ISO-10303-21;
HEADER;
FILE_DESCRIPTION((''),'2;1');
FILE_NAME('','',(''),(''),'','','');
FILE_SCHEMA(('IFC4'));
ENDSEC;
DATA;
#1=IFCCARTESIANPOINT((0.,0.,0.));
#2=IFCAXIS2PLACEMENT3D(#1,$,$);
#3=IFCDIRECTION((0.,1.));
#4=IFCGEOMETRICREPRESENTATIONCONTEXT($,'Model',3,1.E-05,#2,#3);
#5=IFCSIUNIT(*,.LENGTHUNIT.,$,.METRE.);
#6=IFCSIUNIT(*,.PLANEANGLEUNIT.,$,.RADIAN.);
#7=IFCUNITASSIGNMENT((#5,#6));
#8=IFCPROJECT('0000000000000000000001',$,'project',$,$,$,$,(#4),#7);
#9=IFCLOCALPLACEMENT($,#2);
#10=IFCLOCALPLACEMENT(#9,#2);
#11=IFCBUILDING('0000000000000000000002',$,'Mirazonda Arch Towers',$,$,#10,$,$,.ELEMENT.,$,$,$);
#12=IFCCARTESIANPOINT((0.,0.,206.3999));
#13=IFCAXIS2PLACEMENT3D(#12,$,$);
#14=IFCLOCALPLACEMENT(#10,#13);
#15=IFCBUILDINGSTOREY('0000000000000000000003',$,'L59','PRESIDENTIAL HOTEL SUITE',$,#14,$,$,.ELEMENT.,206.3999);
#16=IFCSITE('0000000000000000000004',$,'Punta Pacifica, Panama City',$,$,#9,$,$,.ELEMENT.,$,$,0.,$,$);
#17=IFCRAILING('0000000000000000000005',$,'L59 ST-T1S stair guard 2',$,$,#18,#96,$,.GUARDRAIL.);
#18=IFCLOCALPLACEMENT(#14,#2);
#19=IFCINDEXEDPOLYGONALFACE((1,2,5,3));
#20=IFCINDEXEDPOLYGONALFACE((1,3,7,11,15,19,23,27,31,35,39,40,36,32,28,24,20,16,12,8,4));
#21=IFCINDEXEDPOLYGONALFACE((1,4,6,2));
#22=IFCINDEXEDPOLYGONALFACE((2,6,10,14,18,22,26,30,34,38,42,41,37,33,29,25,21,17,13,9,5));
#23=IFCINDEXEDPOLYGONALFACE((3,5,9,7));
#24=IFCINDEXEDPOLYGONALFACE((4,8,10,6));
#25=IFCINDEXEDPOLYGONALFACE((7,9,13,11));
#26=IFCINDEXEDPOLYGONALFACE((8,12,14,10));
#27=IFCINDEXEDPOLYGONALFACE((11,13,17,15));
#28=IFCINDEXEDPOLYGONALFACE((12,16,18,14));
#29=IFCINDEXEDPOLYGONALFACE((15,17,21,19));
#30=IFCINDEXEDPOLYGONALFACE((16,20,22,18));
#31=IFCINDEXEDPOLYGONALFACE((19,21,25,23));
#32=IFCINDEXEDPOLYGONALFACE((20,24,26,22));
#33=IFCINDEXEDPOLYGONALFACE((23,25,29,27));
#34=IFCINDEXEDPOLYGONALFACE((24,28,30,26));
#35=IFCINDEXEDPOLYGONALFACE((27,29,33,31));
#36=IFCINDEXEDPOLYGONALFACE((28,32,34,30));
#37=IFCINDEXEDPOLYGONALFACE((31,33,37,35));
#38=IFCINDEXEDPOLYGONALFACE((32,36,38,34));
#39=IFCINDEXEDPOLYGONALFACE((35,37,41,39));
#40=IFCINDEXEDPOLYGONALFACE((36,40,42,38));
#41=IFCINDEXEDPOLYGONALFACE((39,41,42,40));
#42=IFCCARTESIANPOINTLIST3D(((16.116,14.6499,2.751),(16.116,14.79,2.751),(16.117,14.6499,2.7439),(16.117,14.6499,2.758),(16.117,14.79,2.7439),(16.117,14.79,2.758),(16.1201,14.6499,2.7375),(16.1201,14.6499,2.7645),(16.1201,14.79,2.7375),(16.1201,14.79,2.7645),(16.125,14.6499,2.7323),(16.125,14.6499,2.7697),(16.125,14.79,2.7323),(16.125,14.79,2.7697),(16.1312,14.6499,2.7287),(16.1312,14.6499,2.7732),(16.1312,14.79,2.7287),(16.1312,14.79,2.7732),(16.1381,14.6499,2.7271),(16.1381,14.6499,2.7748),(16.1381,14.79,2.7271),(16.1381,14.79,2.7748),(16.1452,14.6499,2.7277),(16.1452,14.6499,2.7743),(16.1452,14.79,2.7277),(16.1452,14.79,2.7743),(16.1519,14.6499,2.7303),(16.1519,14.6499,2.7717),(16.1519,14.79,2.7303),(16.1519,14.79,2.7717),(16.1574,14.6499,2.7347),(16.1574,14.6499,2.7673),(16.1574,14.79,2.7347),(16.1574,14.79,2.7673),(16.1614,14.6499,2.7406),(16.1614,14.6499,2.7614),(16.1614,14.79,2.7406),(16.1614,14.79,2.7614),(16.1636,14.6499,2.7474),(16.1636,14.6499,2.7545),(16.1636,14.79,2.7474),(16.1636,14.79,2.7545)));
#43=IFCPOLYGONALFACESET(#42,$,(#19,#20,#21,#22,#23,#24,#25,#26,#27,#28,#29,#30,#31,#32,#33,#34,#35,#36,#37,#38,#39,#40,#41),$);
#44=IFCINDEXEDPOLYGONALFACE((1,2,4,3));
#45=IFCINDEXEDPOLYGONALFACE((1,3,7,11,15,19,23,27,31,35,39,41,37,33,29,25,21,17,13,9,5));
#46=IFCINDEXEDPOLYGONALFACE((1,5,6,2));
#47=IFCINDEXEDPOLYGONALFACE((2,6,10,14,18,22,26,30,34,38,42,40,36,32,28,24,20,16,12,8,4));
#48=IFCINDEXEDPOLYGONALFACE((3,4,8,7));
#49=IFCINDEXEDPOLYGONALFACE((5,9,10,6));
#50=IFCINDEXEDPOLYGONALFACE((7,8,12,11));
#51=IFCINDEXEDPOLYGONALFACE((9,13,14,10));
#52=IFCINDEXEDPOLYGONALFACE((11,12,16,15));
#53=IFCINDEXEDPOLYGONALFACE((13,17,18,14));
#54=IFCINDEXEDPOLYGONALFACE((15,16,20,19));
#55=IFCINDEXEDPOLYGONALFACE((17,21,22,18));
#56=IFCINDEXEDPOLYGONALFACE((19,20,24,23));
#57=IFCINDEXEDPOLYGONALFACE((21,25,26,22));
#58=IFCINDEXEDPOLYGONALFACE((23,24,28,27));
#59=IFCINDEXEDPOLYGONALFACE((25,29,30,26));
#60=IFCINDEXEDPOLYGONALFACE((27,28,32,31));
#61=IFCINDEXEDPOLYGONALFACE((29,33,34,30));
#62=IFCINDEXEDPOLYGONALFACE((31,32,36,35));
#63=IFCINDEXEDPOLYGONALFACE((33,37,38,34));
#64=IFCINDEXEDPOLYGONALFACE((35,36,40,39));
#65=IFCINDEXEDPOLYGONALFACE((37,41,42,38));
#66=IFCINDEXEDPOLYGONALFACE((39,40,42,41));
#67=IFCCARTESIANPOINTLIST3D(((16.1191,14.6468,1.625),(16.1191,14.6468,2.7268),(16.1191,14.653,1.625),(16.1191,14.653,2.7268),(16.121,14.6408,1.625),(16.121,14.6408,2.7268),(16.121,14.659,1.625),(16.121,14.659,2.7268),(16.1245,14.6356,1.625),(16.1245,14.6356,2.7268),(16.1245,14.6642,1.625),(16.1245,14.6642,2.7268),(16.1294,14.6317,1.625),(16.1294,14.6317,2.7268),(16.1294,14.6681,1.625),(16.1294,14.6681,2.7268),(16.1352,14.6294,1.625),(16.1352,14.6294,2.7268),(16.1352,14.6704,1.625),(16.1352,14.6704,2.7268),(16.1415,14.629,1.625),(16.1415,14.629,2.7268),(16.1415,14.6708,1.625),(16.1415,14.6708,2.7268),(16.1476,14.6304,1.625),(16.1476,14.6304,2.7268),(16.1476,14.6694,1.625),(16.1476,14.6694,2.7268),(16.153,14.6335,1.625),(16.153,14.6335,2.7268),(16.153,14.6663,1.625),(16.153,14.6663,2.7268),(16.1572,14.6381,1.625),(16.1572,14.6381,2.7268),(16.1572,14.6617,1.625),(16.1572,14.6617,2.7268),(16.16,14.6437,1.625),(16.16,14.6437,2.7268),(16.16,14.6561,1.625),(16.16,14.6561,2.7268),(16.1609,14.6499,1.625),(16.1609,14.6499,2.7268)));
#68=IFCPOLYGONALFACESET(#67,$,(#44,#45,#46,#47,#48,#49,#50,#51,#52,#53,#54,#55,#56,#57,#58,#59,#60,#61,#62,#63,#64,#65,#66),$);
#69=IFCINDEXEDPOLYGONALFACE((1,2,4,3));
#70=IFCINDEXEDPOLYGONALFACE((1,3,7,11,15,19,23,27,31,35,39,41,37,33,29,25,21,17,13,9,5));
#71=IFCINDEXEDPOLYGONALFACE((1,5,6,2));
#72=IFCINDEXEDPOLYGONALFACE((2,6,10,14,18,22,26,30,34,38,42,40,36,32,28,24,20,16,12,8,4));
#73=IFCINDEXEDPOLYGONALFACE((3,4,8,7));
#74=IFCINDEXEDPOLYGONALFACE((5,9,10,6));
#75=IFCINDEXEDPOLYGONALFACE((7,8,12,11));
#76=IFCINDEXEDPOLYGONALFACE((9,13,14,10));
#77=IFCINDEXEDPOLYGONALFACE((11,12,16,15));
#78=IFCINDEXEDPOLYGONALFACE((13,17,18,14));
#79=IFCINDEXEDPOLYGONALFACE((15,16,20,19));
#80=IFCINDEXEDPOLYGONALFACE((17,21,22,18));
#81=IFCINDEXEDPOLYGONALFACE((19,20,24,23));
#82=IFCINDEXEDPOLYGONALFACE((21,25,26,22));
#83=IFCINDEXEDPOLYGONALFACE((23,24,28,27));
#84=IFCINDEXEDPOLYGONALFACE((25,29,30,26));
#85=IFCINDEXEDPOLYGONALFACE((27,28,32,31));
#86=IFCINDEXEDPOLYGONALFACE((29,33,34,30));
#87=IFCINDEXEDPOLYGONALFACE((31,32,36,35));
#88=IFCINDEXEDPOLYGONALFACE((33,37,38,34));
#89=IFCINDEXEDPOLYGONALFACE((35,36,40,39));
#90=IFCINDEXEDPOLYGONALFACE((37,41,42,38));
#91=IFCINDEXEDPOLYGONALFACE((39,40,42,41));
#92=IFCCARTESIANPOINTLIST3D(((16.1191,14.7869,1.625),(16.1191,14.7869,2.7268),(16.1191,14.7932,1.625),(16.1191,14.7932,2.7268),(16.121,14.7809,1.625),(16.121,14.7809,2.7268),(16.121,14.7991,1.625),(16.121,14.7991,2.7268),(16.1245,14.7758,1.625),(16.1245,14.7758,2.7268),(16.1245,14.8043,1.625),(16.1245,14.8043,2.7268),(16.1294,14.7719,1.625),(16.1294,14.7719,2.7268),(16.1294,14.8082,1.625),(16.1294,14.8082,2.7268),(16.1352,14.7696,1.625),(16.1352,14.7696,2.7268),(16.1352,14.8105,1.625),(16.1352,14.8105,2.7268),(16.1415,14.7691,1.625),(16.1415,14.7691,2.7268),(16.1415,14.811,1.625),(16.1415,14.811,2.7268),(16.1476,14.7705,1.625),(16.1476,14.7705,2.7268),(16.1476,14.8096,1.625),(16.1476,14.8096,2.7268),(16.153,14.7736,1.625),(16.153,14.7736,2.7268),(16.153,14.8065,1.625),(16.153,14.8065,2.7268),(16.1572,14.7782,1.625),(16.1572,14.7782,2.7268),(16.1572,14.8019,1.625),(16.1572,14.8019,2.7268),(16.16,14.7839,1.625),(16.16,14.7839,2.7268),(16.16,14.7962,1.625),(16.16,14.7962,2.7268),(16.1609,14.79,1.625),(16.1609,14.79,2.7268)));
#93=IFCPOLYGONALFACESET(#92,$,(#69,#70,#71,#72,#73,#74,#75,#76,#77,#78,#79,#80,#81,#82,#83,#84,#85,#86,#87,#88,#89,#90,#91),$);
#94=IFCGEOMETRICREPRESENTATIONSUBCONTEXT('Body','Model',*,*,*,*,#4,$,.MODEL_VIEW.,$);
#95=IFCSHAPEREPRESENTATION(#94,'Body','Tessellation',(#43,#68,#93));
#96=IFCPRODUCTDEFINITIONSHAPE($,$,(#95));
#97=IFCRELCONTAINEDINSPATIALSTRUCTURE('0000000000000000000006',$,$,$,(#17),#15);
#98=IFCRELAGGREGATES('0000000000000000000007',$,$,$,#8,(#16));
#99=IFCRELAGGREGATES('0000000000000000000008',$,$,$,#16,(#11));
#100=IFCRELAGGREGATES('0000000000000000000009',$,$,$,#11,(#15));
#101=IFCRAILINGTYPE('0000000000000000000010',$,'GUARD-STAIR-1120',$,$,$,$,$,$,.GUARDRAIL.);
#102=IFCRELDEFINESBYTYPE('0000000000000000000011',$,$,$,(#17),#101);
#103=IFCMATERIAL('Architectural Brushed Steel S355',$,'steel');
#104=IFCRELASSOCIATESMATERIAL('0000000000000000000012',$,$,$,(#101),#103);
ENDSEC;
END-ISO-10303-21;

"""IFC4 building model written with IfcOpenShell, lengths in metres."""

from ifc_helpers import new_model, si_unit, direction, frame, origin, origin_2d, place, context, subcontext, project, spatial, circle, extrude, material, type_object, element, save


model = new_model("IFC4")

# Units and contexts
model_context = context("Model", 3, precision=1e-05, world=origin(), true_north=direction((0.0, 1.0)))
body_context = subcontext(model_context, "Body", "Model", "MODEL_VIEW")
ifc_project = project(units=[si_unit("LENGTHUNIT", "METRE"), si_unit("PLANEANGLEUNIT", "RADIAN")], contexts=[model_context])

# Site, building, storey
site_placement = place(None, origin())
site = spatial("IfcSite", under=ifc_project, at=site_placement, Name="Punta Pacifica, Panama City", CompositionType="ELEMENT", RefElevation=0.0)
building_placement = place(site_placement, origin())
building = spatial("IfcBuilding", under=site, at=building_placement, Name="Mirazonda Arch Towers", CompositionType="ELEMENT")
storey_placement = place(building_placement, frame((0.0, 0.0, 206.3999)))
storey = spatial("IfcBuildingStorey", under=building, at=storey_placement, Name="L59", Description="PRESIDENTIAL HOTEL SUITE", CompositionType="ELEMENT", Elevation=206.3999)

# Shared definitions
ifc_material_1 = material(Name="Architectural Brushed Steel S355", Category="steel")

# Railing
railing_type_1 = type_object("IfcRailingType", Name="GUARD-STAIR-1120", PredefinedType="GUARDRAIL", material=ifc_material_1)
railing_1_placement = place(storey_placement, frame((16.1399, 14.6499, 1.625)))
element("IfcRailing", 1, at=railing_1_placement, inside=storey, type_object=railing_type_1, Name="L59 ST-T1S stair guard 2", PredefinedType="GUARDRAIL", context=body_context, shape_type="SweptSolid", body=[
    extrude(circle(Radius=0.0239, at=origin_2d()), frame((0.0, 0.0, 1.126), z_axis=(0.0, 1.0, 0.0), x_axis=(-1.0, 0.0, 0.0)), (0.0, 0.0, 1.0), 0.1401),
    extrude(circle(Radius=0.021, at=origin_2d()), origin(), (0.0, 0.0, 1.0), 1.1018),
    extrude(circle(Radius=0.021, at=origin_2d()), frame((0.0, 0.1401, 0.0)), (0.0, 0.0, 1.0), 1.1018),
])

save(model, "model.ifc")
